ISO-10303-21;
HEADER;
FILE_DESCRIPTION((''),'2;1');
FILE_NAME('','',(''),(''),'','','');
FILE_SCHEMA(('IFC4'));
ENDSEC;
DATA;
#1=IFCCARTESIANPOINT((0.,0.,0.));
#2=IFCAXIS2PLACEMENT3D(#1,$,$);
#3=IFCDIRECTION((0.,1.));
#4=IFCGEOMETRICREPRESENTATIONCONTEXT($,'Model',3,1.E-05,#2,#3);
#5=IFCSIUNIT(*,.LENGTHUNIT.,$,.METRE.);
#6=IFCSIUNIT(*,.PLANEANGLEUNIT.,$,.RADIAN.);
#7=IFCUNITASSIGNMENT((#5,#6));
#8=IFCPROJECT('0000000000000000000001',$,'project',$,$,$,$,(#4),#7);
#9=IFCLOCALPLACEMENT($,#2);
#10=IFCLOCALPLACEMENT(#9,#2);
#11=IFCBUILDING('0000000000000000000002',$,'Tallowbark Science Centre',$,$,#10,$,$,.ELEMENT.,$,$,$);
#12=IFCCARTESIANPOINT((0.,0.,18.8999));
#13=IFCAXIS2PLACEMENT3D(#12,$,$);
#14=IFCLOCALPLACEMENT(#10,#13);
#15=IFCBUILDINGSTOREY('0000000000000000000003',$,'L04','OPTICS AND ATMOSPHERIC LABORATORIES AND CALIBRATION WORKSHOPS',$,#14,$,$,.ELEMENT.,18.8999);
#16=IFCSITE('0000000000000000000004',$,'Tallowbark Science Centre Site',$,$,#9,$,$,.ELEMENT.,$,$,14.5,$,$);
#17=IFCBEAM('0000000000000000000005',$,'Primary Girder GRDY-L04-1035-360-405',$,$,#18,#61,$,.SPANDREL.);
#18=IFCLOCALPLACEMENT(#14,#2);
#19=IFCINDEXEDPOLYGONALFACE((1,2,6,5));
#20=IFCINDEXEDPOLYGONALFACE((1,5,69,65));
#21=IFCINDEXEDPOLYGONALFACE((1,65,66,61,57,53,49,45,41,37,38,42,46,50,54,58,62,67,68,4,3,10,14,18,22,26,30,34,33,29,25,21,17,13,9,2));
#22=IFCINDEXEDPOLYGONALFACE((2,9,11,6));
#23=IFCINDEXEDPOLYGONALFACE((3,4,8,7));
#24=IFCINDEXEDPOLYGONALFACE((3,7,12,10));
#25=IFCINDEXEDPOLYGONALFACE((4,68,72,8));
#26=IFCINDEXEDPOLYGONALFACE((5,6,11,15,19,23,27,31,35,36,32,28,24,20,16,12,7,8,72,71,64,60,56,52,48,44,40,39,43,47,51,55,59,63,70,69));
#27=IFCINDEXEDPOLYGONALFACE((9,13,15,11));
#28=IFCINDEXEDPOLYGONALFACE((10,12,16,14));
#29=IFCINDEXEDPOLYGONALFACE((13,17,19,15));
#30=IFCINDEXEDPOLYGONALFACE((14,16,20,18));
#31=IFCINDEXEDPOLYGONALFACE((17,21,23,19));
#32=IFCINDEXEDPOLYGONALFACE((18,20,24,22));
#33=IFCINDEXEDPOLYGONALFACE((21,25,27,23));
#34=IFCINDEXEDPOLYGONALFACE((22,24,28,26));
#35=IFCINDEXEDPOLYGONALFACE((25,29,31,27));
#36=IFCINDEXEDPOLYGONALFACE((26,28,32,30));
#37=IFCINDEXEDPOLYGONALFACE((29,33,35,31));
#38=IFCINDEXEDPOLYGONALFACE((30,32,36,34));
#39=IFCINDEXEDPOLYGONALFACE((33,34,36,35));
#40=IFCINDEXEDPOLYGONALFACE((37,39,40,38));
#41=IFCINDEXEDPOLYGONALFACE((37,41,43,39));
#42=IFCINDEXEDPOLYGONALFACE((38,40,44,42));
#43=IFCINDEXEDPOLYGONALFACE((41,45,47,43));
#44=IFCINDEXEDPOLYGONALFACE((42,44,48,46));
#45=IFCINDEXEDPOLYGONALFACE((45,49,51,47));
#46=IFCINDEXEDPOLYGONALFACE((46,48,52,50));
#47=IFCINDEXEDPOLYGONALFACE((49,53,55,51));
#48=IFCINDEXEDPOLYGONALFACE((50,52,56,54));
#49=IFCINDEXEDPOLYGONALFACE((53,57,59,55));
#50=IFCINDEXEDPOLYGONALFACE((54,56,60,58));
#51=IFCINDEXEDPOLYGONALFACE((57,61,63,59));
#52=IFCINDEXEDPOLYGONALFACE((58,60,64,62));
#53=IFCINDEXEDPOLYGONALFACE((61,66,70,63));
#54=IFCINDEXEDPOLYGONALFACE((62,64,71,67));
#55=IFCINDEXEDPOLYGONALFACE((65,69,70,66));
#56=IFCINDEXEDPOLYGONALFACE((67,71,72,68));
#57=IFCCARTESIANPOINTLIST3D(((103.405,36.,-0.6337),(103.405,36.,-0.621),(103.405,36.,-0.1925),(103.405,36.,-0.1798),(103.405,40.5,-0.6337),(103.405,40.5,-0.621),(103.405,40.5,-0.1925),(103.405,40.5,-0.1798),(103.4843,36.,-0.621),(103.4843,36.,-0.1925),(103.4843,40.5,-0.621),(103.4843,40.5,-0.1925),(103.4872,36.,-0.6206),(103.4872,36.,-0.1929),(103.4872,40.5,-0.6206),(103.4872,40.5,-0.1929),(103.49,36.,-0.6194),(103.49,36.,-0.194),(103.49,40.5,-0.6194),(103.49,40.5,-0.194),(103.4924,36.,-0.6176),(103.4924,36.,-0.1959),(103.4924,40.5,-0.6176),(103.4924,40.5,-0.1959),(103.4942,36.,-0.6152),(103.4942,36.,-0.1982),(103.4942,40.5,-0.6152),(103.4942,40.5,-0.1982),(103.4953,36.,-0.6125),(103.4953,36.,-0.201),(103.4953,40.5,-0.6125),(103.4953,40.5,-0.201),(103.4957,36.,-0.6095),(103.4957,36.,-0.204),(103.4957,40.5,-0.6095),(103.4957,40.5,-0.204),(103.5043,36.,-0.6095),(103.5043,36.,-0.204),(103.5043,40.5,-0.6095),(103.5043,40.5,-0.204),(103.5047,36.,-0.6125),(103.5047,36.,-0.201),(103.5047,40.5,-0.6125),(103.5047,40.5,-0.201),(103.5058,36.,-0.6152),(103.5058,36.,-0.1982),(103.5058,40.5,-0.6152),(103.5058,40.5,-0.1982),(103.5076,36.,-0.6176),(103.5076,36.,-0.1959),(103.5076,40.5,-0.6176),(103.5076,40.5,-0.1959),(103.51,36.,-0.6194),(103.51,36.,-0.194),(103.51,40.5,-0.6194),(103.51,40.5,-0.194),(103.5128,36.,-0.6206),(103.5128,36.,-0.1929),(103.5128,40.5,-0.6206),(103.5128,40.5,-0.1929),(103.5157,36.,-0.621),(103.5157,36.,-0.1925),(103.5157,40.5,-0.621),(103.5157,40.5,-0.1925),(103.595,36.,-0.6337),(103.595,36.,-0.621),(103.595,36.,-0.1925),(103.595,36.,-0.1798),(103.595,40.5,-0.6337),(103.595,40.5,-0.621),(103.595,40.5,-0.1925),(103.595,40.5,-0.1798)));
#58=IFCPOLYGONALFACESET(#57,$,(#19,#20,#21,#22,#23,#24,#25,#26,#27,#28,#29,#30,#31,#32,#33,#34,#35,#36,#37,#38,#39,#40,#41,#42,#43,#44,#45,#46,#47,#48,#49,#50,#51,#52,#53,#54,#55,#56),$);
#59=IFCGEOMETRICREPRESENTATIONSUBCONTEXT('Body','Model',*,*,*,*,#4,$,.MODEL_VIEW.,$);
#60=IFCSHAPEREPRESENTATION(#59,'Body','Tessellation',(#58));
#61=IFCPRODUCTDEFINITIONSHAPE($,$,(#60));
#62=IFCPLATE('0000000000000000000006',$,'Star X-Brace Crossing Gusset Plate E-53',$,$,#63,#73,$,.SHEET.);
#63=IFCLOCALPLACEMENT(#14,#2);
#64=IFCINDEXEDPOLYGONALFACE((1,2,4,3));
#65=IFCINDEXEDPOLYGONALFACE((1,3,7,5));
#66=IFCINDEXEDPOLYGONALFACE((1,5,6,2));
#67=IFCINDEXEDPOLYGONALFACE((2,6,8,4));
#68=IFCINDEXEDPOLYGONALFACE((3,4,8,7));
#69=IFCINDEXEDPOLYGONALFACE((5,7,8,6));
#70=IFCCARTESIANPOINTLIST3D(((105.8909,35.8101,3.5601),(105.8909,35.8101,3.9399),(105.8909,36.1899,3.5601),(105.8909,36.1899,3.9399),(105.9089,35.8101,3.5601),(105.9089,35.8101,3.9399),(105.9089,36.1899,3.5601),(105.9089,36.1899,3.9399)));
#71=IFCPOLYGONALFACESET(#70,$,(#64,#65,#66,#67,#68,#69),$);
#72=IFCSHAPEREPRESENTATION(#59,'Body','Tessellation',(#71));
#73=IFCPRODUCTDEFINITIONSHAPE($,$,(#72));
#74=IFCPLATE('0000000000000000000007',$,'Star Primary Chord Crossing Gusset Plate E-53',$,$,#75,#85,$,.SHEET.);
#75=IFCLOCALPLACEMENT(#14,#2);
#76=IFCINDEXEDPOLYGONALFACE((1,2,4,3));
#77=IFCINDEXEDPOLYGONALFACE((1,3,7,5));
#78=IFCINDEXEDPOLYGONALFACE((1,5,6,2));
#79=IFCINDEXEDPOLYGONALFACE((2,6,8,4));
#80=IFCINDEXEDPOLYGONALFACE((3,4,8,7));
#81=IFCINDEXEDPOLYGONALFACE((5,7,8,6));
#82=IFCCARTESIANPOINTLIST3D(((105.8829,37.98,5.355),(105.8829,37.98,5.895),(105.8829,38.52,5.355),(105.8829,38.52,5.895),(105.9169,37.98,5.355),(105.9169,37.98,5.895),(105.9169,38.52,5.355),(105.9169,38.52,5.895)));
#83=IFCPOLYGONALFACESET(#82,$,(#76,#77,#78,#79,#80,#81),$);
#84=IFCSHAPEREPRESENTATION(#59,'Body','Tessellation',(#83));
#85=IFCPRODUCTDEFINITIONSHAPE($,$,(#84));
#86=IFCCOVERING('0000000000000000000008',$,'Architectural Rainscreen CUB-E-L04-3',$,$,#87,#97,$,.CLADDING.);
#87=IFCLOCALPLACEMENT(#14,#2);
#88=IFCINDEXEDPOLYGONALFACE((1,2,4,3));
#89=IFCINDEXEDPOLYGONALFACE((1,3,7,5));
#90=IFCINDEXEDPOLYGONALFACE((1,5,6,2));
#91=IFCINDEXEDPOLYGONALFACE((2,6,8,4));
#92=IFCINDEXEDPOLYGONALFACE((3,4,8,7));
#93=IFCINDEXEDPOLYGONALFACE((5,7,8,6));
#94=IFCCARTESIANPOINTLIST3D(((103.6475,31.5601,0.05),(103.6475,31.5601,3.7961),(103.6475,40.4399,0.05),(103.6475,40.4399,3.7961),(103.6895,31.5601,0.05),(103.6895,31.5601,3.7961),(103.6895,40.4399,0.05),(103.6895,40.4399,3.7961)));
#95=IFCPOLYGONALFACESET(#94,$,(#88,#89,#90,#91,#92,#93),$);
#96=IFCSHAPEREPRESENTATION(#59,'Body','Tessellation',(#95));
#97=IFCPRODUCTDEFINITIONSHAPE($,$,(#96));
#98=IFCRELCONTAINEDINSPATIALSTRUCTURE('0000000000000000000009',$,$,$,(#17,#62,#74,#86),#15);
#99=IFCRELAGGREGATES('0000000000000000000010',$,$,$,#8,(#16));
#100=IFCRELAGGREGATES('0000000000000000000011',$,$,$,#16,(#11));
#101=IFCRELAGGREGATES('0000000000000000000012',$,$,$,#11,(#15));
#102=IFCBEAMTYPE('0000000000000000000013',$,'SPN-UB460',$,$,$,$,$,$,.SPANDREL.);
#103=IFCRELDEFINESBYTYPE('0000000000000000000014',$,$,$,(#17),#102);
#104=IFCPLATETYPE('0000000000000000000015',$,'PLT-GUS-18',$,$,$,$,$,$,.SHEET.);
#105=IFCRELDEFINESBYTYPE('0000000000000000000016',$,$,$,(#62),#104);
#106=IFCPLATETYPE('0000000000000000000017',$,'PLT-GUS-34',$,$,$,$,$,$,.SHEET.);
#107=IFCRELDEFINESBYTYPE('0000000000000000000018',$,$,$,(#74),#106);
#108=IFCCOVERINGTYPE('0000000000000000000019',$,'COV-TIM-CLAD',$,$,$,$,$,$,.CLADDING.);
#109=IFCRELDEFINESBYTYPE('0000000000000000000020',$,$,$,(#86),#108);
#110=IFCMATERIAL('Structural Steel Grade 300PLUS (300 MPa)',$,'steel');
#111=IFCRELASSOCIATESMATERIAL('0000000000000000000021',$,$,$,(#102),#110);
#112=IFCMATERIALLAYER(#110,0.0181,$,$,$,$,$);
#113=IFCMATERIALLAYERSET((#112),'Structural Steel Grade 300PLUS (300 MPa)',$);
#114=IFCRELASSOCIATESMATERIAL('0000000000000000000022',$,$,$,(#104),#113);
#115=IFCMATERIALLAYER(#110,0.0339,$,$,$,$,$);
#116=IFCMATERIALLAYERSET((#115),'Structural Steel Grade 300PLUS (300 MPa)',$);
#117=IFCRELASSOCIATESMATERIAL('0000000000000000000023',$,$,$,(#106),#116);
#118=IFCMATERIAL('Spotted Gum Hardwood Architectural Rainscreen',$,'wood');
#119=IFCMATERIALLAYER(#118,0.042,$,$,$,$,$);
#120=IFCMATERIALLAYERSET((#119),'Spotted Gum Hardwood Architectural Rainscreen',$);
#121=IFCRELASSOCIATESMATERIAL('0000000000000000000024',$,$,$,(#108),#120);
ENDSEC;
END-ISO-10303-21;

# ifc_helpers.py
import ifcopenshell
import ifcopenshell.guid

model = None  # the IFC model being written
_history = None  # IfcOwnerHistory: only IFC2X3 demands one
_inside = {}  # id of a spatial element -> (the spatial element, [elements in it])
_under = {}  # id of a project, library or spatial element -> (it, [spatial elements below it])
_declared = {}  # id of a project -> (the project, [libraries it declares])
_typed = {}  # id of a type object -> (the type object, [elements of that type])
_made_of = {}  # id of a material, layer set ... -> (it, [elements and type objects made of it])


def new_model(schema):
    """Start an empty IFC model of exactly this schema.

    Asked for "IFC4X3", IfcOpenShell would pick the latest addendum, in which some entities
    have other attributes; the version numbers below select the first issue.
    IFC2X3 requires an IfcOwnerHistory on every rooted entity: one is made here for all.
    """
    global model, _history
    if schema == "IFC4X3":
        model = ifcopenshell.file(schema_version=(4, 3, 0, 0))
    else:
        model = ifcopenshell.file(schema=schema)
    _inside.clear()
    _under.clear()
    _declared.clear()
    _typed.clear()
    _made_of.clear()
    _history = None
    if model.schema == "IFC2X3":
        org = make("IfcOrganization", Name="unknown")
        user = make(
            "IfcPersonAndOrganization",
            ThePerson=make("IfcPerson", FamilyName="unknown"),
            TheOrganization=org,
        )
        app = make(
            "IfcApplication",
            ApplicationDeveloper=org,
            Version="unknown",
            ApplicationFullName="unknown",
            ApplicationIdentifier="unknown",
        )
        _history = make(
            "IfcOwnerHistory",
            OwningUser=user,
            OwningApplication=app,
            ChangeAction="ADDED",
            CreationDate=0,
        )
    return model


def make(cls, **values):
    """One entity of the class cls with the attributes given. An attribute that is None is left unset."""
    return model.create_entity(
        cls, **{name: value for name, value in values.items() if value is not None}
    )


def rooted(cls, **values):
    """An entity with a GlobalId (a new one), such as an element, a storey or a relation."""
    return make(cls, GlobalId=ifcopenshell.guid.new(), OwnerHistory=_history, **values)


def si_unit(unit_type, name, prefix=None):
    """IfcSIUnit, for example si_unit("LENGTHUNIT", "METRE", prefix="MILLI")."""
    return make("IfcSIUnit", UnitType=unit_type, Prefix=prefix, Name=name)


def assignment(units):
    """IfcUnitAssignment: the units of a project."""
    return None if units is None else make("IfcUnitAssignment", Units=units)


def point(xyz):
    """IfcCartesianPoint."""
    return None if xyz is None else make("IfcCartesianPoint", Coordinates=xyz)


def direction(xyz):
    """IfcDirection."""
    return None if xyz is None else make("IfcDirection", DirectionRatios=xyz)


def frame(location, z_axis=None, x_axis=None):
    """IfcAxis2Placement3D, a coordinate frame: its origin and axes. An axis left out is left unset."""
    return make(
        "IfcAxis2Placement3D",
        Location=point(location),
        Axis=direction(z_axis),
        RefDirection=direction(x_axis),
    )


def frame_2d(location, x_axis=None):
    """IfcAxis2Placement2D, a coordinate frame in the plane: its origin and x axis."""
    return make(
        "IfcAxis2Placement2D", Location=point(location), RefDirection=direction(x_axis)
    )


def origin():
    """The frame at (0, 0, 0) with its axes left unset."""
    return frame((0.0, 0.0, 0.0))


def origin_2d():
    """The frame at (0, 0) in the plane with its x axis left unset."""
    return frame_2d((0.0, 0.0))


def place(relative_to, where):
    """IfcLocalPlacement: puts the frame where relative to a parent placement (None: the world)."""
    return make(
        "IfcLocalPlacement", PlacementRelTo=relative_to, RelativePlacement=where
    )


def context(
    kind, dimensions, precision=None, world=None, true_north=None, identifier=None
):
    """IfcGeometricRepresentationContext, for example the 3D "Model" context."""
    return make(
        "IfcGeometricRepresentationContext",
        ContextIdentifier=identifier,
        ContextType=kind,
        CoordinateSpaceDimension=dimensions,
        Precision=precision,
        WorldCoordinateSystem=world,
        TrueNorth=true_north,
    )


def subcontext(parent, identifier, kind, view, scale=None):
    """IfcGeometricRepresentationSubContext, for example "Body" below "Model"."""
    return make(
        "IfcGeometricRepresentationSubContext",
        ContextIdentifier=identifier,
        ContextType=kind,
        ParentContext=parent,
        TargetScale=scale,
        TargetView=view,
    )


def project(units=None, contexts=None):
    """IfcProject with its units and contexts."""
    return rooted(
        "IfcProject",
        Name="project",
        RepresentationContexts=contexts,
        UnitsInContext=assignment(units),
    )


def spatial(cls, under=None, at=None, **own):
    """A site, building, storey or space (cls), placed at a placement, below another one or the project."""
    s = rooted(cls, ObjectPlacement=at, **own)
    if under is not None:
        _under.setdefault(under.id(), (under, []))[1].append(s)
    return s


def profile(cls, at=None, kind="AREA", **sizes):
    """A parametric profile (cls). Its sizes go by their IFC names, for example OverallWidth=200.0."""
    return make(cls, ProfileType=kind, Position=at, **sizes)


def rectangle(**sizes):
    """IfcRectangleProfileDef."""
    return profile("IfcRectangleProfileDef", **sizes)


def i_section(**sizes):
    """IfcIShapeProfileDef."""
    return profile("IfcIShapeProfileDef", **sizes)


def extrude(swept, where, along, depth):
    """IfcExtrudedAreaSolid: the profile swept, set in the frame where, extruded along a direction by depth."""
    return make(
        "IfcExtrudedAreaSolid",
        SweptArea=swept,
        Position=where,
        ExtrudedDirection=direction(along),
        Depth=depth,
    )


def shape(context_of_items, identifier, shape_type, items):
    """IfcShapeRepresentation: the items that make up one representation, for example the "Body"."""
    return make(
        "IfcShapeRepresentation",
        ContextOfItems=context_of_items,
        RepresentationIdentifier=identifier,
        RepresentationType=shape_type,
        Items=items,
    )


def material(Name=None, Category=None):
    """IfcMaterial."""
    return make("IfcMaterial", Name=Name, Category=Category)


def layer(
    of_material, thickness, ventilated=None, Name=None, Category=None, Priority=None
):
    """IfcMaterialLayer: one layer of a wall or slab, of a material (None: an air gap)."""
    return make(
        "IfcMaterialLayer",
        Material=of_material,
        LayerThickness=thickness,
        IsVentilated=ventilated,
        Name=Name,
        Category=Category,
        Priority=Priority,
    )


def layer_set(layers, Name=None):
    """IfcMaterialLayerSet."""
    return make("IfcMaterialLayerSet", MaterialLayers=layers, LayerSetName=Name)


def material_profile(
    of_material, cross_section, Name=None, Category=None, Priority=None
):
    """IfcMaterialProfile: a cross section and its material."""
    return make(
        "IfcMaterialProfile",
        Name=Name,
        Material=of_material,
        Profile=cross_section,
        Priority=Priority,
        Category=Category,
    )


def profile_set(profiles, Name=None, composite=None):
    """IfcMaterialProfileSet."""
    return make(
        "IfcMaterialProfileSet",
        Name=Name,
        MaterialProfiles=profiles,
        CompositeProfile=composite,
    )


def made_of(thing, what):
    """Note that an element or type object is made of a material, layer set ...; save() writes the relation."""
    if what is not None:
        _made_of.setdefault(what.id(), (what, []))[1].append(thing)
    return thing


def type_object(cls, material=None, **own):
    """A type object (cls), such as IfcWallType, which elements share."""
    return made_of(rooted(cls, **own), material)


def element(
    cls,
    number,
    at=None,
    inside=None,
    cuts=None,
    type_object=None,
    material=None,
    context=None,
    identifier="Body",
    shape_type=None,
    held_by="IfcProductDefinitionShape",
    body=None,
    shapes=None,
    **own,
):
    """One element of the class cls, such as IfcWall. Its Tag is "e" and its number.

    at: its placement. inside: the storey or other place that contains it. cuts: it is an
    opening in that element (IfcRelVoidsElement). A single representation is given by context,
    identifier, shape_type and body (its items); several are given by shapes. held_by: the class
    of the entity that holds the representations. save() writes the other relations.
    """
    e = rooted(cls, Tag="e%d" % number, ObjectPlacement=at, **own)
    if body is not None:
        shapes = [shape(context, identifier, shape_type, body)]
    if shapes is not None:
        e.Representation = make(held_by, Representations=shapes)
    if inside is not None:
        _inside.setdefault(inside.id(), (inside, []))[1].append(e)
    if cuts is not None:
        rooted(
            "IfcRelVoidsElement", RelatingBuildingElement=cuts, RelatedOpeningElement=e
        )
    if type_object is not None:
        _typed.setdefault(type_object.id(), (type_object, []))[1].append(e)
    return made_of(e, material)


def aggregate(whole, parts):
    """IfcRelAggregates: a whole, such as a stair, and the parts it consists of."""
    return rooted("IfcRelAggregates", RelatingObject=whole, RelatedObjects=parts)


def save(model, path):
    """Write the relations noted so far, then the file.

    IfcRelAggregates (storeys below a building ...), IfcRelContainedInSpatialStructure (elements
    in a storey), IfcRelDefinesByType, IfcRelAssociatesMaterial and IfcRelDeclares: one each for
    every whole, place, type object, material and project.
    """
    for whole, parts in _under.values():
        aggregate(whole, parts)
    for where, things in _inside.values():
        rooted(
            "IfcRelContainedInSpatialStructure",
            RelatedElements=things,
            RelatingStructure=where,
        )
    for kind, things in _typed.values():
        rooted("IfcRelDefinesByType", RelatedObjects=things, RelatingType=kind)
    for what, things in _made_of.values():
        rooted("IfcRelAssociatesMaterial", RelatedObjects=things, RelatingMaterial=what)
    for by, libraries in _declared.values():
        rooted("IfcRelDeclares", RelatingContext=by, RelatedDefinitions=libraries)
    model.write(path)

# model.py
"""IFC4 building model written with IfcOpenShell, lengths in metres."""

from ifc_helpers import new_model, si_unit, direction, frame, origin, origin_2d, place, context, subcontext, project, spatial, rectangle, i_section, extrude, material, layer, layer_set, material_profile, profile_set, type_object, element, save


model = new_model("IFC4")

# Units and contexts
model_context = context("Model", 3, precision=1e-05, world=origin(), true_north=direction((0.0, 1.0)))
body_context = subcontext(model_context, "Body", "Model", "MODEL_VIEW")
ifc_project = project(units=[si_unit("LENGTHUNIT", "METRE"), si_unit("PLANEANGLEUNIT", "RADIAN")], contexts=[model_context])

# Site, building, storey
site_placement = place(None, origin())
site = spatial("IfcSite", under=ifc_project, at=site_placement, Name="Tallowbark Science Centre Site", CompositionType="ELEMENT", RefElevation=14.5)
building_placement = place(site_placement, origin())
building = spatial("IfcBuilding", under=site, at=building_placement, Name="Tallowbark Science Centre", CompositionType="ELEMENT")
storey_placement = place(building_placement, frame((0.0, 0.0, 18.8999)))
storey = spatial("IfcBuildingStorey", under=building, at=storey_placement, Name="L04", Description="OPTICS AND ATMOSPHERIC LABORATORIES AND CALIBRATION WORKSHOPS", CompositionType="ELEMENT", Elevation=18.8999)

# Shared definitions
ifc_material_1 = material(Name="Structural Steel Grade 300PLUS (300 MPa)", Category="steel")

# Beam
ifc_material_profile_1 = material_profile(ifc_material_1, i_section(OverallWidth=0.1899, OverallDepth=0.4539, WebThickness=0.0085, FlangeThickness=0.0127, FilletRadius=0.0115, at=origin_2d()), Name="460UB67.1")
ifc_profile_set_1 = profile_set([ifc_material_profile_1], Name="Structural Steel Grade 300PLUS (300 MPa)")
beam_type = type_object("IfcBeamType", Name="SPN-UB460", PredefinedType="SPANDREL", material=ifc_profile_set_1)
beam_placement = place(storey_placement, frame((103.5, 36.0, -0.4067), z_axis=(0.0, 1.0, 0.0), x_axis=(-1.0, 0.0, 0.0)))
element("IfcBeam", 1, at=beam_placement, inside=storey, type_object=beam_type, Name="Primary Girder GRDY-L04-1035-360-405", PredefinedType="SPANDREL", context=body_context, shape_type="SweptSolid", body=[
    extrude(i_section(OverallWidth=0.1899, OverallDepth=0.4539, WebThickness=0.0085, FlangeThickness=0.0127, FilletRadius=0.0115, at=origin_2d()), origin(), (0.0, 0.0, 1.0), 4.5),
])

# Plates
ifc_layer_1 = layer(ifc_material_1, 0.0181)
ifc_layer_set_1 = layer_set([ifc_layer_1], Name="Structural Steel Grade 300PLUS (300 MPa)")
plate_type_1 = type_object("IfcPlateType", Name="PLT-GUS-18", PredefinedType="SHEET", material=ifc_layer_set_1)
plate_1_placement = place(storey_placement, frame((105.8999, 36.0, 3.5601), z_axis=(0.0, 0.0, 1.0), x_axis=(0.0, 1.0, 0.0)))
element("IfcPlate", 2, at=plate_1_placement, inside=storey, type_object=plate_type_1, Name="Star X-Brace Crossing Gusset Plate E-53", PredefinedType="SHEET", context=body_context, shape_type="SweptSolid", body=[
    extrude(rectangle(XDim=0.3799, YDim=0.0181, at=origin_2d()), origin(), (0.0, 0.0, 1.0), 0.3799),
])
ifc_layer_2 = layer(ifc_material_1, 0.0339)
ifc_layer_set_2 = layer_set([ifc_layer_2], Name="Structural Steel Grade 300PLUS (300 MPa)")
plate_type_2 = type_object("IfcPlateType", Name="PLT-GUS-34", PredefinedType="SHEET", material=ifc_layer_set_2)
plate_2_placement = place(storey_placement, frame((105.8999, 38.25, 5.355), z_axis=(0.0, 0.0, 1.0), x_axis=(0.0, 1.0, 0.0)))
element("IfcPlate", 3, at=plate_2_placement, inside=storey, type_object=plate_type_2, Name="Star Primary Chord Crossing Gusset Plate E-53", PredefinedType="SHEET", context=body_context, shape_type="SweptSolid", body=[
    extrude(rectangle(XDim=0.54, YDim=0.0339, at=origin_2d()), origin(), (0.0, 0.0, 1.0), 0.54),
])

# Covering
ifc_material_2 = material(Name="Spotted Gum Hardwood Architectural Rainscreen", Category="wood")
ifc_layer_3 = layer(ifc_material_2, 0.042)
ifc_layer_set_3 = layer_set([ifc_layer_3], Name="Spotted Gum Hardwood Architectural Rainscreen")
covering_type = type_object("IfcCoveringType", Name="COV-TIM-CLAD", PredefinedType="CLADDING", material=ifc_layer_set_3)
covering_placement = place(storey_placement, frame((103.6685, 36.0, 0.05), z_axis=(0.0, 0.0, 1.0), x_axis=(0.0, 1.0, 0.0)))
element("IfcCovering", 4, at=covering_placement, inside=storey, type_object=covering_type, Name="Architectural Rainscreen CUB-E-L04-3", PredefinedType="CLADDING", context=body_context, shape_type="SweptSolid", body=[
    extrude(rectangle(XDim=8.8799, YDim=0.042, at=origin_2d()), origin(), (0.0, 0.0, 1.0), 3.7461),
])

save(model, "model.ifc")
